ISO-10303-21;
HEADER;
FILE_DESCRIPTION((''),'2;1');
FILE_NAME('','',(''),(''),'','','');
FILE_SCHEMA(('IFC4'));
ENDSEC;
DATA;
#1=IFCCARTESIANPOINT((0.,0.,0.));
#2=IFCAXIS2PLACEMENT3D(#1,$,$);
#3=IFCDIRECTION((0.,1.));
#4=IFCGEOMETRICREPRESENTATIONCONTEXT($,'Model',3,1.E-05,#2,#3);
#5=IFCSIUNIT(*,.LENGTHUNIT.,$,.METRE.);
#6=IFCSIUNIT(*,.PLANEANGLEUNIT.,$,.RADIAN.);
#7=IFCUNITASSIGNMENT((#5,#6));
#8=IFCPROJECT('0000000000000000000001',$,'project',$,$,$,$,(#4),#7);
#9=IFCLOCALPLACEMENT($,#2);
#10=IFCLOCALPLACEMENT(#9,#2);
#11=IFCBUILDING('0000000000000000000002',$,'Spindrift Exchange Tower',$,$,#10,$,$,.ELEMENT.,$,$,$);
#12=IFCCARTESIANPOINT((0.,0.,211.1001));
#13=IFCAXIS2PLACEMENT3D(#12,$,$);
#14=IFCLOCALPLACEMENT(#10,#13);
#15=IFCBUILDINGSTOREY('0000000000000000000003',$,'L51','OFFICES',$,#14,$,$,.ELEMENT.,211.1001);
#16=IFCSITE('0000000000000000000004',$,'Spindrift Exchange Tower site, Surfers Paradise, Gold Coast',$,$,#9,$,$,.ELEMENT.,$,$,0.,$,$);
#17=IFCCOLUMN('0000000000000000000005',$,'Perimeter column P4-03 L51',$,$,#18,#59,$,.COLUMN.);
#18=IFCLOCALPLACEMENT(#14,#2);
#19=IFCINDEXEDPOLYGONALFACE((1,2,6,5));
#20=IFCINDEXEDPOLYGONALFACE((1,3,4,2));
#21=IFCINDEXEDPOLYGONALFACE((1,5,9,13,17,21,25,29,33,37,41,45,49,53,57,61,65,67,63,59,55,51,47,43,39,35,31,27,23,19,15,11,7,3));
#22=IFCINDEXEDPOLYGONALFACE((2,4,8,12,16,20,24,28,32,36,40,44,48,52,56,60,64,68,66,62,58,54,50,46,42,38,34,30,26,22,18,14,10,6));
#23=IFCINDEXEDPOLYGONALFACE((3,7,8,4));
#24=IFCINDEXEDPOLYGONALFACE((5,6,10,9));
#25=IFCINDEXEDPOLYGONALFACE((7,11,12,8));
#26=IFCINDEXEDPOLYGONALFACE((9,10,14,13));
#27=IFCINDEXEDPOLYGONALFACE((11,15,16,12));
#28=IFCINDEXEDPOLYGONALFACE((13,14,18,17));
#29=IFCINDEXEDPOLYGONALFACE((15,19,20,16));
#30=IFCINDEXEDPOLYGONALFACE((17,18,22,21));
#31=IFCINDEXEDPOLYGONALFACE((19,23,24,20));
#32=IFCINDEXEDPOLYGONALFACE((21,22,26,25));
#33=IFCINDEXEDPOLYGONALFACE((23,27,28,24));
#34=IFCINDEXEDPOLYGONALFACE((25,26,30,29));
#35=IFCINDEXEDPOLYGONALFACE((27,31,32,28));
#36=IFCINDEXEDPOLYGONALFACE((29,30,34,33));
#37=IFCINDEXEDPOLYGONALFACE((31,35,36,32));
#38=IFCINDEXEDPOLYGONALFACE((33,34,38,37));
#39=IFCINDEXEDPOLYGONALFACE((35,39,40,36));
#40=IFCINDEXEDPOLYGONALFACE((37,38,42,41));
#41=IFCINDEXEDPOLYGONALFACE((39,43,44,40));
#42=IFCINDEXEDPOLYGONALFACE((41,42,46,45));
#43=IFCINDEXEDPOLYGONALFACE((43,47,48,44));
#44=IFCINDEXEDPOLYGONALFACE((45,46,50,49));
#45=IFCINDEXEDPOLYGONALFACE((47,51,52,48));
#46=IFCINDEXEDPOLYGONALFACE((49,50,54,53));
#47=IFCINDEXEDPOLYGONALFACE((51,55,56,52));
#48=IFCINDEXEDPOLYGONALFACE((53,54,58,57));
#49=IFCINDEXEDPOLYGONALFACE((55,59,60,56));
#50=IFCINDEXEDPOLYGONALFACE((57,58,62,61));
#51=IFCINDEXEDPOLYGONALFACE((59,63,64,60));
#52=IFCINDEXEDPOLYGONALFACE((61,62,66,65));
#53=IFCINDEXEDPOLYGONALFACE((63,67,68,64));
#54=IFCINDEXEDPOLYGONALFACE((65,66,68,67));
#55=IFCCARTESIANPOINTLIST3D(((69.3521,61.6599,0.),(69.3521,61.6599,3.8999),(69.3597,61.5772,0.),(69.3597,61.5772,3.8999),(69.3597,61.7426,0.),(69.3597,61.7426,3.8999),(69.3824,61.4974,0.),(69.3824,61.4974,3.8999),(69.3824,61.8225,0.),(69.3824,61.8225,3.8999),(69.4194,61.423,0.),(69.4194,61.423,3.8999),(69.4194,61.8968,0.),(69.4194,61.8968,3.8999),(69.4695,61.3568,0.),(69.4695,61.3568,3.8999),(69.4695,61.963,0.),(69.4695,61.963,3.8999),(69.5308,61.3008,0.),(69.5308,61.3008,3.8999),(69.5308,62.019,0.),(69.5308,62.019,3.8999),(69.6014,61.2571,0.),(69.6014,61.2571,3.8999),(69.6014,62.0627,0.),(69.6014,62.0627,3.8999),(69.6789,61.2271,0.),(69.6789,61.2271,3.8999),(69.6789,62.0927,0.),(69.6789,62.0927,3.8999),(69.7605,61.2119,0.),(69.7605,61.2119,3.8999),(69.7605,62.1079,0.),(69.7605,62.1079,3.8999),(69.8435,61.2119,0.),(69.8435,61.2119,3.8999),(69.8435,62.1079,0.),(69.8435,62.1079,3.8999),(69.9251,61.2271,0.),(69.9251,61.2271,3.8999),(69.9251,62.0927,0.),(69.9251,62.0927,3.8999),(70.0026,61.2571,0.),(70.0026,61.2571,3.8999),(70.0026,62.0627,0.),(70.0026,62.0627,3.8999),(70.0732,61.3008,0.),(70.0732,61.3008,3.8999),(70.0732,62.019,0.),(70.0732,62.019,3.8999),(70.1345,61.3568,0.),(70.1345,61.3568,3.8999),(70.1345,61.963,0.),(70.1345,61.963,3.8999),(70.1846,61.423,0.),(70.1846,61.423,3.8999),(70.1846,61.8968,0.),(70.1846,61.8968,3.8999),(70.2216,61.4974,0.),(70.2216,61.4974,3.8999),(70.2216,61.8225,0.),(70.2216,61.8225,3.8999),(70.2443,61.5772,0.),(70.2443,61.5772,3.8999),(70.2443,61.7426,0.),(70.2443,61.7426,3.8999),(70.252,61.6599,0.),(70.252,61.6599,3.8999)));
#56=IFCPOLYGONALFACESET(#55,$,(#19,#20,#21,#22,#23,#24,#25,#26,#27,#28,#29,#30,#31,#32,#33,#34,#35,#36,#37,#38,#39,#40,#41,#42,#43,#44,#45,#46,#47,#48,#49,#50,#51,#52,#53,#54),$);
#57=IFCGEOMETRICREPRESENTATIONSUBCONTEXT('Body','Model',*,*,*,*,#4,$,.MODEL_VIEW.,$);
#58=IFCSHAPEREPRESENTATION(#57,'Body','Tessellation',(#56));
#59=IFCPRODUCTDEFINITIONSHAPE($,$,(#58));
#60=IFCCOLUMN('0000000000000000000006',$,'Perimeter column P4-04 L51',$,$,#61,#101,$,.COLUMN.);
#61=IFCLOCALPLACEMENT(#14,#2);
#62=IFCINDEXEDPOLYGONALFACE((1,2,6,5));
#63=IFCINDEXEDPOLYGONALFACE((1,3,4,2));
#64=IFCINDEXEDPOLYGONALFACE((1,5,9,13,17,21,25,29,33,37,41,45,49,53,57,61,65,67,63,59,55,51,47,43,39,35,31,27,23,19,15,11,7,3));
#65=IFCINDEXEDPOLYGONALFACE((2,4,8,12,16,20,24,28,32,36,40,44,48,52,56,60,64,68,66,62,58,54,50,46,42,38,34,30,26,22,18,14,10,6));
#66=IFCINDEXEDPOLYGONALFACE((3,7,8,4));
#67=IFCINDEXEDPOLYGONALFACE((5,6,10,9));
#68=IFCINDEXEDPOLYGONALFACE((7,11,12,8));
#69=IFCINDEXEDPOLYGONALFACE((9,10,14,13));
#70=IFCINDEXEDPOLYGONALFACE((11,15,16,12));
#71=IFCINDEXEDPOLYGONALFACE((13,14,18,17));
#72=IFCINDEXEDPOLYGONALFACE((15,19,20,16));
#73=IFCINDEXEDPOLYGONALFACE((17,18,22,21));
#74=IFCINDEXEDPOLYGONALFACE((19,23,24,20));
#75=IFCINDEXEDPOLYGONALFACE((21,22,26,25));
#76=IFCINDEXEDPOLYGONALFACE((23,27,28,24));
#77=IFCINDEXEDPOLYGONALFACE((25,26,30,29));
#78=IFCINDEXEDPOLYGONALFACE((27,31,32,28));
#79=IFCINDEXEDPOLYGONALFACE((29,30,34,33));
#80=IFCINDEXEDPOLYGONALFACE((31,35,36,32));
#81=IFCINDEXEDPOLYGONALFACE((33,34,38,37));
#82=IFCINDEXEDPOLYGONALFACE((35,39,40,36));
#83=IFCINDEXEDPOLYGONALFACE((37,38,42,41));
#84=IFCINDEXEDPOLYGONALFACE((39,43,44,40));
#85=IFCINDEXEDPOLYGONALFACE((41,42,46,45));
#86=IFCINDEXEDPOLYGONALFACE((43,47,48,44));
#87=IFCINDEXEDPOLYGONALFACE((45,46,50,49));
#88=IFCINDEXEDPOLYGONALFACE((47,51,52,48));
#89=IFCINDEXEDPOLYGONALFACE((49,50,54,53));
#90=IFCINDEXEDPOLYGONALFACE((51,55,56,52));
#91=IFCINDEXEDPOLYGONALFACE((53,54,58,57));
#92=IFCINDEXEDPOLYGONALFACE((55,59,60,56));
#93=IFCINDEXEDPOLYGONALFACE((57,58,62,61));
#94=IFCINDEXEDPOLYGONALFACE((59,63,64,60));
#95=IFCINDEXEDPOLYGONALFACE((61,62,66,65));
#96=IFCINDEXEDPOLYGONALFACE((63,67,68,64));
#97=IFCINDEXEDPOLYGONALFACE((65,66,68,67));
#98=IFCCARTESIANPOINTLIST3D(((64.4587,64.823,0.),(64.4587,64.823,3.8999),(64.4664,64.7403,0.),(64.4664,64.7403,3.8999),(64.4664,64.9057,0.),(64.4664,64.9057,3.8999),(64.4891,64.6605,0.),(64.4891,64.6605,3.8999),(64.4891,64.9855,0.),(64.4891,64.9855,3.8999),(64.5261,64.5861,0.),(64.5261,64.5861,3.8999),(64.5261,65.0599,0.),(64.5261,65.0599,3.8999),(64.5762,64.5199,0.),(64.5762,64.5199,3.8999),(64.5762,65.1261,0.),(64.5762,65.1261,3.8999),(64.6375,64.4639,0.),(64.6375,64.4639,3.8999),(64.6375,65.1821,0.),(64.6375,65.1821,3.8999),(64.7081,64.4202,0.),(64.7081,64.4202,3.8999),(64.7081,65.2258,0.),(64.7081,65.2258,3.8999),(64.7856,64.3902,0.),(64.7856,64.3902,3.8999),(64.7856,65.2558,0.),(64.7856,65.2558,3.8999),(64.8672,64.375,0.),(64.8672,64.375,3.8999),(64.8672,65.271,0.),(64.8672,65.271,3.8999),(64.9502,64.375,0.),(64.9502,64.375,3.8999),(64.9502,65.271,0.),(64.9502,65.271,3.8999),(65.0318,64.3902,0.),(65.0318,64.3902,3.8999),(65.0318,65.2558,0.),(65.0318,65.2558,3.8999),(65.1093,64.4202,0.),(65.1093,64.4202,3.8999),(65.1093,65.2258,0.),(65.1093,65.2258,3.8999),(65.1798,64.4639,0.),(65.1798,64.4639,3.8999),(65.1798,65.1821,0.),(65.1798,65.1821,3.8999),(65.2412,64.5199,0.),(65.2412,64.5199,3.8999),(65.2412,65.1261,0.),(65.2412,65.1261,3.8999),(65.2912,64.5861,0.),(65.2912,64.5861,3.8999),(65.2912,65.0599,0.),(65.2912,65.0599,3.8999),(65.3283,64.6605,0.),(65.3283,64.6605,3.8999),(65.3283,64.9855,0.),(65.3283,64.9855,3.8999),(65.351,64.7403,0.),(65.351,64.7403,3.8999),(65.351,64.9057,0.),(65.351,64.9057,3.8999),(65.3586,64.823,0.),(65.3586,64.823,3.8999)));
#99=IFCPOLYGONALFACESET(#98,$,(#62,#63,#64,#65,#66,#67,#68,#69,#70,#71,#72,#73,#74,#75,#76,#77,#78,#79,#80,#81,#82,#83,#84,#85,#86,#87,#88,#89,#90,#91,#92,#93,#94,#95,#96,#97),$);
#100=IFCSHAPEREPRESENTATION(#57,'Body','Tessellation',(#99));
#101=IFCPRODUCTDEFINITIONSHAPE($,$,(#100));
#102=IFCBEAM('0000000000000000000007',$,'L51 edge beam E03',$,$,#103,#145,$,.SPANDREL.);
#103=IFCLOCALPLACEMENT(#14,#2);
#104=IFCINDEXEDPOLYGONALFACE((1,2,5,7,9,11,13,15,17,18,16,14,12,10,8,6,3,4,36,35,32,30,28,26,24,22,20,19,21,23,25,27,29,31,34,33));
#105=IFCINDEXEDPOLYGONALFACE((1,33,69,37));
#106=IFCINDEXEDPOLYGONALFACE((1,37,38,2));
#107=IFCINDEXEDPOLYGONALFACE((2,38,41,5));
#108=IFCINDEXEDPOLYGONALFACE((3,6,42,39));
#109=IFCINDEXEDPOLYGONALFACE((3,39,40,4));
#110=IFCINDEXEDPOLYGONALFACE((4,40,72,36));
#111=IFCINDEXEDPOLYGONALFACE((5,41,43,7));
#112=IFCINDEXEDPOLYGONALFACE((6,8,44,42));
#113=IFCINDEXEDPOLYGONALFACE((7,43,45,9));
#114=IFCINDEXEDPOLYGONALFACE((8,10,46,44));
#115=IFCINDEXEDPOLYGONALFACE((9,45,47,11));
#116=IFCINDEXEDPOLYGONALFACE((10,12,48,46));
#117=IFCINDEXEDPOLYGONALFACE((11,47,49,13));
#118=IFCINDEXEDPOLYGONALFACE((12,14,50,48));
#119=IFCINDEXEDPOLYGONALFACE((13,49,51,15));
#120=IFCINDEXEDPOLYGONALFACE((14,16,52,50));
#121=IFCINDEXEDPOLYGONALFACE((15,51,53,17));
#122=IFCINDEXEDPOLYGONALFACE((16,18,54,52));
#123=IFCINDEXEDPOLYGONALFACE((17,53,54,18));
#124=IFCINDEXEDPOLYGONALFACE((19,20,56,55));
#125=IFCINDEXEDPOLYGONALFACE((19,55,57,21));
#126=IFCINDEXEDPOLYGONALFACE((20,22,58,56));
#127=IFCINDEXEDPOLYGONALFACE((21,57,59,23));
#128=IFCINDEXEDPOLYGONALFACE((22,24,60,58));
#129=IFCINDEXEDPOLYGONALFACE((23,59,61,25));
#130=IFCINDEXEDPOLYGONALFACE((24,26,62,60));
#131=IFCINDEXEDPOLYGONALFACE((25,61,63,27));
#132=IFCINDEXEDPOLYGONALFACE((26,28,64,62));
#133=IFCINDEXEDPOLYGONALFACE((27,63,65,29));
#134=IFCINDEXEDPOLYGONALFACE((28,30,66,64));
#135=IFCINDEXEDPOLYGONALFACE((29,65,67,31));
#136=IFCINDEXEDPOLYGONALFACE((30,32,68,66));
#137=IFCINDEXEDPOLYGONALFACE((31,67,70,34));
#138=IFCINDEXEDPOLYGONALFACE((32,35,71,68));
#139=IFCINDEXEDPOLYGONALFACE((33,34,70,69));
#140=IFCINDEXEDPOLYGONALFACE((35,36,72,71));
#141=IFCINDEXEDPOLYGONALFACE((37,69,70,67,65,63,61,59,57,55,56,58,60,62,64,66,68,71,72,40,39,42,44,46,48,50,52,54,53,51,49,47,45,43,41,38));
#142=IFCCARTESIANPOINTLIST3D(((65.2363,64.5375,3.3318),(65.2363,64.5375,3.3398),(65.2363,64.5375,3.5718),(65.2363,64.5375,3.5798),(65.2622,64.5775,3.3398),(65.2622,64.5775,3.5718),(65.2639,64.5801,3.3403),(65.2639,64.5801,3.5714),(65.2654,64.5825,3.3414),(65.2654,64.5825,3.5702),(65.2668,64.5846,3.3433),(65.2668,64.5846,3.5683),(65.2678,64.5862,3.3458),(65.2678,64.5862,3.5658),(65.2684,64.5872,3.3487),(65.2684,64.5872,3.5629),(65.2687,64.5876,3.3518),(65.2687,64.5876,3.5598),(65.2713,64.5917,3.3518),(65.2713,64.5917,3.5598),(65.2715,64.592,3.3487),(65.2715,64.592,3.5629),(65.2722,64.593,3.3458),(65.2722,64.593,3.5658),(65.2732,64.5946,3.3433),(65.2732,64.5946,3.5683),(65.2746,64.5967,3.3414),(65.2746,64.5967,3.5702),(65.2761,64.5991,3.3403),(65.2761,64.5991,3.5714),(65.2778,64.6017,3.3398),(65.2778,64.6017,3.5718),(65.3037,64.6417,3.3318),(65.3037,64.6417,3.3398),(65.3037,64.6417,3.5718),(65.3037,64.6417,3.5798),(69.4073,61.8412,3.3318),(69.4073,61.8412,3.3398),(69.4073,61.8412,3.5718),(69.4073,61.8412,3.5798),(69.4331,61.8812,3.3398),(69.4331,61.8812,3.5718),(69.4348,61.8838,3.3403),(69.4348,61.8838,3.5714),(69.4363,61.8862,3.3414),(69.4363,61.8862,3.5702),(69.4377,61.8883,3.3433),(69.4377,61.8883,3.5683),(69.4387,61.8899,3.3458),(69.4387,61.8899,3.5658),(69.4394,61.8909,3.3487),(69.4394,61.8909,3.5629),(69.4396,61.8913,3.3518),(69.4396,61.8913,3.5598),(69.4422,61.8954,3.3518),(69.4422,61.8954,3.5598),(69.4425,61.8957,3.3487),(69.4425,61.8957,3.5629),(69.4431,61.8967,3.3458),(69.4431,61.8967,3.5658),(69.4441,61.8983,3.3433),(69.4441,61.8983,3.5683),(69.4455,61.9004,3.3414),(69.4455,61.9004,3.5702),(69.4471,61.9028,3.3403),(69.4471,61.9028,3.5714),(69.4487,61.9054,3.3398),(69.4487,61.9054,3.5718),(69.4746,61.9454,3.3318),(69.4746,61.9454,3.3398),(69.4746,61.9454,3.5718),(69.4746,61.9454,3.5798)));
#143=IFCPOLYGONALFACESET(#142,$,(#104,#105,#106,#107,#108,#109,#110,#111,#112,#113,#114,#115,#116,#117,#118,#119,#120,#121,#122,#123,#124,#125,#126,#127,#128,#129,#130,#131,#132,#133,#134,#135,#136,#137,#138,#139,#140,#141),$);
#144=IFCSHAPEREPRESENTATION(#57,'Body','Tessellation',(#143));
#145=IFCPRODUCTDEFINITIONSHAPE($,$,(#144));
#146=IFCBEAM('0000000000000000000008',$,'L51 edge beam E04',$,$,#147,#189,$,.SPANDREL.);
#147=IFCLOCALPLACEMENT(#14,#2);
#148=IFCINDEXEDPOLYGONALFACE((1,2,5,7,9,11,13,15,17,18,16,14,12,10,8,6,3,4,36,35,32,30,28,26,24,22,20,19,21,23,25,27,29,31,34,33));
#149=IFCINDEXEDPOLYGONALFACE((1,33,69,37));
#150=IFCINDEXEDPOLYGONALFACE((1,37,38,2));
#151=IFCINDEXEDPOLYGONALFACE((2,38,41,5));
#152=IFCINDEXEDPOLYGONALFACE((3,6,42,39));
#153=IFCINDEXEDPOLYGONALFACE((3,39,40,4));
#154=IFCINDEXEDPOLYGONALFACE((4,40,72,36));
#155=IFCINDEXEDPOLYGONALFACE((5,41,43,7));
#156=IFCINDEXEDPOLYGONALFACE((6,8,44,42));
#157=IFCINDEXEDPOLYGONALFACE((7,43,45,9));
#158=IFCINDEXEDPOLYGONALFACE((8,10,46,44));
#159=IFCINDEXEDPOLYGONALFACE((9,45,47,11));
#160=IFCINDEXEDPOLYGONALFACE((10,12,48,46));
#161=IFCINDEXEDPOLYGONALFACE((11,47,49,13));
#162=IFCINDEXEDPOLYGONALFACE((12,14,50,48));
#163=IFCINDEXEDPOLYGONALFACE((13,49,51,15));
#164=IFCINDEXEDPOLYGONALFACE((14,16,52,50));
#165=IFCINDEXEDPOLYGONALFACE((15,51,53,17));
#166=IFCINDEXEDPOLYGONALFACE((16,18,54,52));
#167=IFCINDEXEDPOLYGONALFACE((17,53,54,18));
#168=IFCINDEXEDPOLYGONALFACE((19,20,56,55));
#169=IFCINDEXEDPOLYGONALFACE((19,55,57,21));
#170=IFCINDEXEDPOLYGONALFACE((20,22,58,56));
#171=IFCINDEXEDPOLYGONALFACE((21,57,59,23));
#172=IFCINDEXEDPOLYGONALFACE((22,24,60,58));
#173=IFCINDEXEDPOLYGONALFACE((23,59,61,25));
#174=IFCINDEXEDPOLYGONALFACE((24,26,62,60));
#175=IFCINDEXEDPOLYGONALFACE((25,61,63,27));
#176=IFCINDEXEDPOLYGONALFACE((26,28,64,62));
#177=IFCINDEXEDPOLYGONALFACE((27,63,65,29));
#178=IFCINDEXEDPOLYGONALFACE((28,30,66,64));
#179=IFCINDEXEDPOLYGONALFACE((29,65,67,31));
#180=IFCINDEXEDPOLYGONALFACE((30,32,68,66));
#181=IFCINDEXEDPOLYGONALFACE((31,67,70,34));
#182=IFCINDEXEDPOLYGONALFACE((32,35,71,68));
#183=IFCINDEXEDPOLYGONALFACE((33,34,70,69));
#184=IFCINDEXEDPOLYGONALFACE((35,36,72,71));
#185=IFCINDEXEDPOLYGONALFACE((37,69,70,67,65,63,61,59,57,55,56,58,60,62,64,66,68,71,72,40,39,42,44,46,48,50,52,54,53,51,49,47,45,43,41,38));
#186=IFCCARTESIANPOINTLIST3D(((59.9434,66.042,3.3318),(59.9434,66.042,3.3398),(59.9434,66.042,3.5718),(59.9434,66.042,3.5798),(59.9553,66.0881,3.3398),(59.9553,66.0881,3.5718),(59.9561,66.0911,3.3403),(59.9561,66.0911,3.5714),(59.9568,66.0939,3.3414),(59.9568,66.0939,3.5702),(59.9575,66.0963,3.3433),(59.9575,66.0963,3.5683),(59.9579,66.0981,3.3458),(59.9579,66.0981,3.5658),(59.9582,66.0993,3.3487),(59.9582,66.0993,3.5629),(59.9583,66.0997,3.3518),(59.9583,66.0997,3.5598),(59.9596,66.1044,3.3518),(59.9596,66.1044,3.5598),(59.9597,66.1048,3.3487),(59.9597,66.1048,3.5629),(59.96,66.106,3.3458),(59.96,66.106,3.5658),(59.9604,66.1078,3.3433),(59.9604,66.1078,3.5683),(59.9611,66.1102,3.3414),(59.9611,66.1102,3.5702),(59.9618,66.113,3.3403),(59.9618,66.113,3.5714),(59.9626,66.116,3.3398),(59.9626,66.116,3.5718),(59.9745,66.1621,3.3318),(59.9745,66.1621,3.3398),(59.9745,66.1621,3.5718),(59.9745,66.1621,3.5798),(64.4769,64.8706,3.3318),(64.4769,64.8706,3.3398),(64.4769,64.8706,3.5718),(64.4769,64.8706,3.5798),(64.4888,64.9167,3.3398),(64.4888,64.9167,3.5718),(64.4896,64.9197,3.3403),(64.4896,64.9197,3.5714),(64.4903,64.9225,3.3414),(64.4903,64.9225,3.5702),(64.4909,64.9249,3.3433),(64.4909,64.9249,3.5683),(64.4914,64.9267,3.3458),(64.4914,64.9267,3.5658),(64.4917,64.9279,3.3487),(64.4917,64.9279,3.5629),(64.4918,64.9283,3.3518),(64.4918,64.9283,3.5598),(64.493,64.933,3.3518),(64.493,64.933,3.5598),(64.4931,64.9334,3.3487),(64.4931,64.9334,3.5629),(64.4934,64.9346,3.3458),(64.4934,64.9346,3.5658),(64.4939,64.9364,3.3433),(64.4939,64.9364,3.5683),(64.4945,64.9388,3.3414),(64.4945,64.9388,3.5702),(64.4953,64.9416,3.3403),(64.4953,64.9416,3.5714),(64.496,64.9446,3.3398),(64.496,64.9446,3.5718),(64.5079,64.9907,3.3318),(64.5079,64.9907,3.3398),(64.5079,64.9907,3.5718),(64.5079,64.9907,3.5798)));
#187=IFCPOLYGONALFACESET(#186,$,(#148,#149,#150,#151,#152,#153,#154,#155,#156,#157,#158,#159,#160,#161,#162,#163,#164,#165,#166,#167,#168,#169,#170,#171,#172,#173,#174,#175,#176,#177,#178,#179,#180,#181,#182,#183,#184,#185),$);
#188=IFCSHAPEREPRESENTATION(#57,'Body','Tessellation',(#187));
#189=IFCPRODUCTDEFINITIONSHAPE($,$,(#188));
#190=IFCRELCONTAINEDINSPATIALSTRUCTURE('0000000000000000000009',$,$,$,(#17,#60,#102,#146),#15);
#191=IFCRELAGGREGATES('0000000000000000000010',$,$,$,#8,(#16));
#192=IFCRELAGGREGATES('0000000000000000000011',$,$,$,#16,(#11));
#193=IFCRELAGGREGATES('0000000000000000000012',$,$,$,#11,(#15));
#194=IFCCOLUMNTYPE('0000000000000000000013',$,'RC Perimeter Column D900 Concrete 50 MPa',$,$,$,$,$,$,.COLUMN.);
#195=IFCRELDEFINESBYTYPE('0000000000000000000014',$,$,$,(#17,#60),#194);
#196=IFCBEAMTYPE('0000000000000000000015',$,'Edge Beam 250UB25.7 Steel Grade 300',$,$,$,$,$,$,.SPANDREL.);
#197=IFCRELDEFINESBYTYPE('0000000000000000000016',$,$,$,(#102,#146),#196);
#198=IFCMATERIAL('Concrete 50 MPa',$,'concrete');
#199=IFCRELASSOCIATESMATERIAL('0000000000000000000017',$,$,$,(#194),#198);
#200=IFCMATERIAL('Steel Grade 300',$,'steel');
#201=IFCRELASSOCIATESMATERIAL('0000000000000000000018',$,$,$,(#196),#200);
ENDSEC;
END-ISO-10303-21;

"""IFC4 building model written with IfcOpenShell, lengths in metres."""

from ifc_helpers import new_model, si_unit, direction, frame, origin, origin_2d, place, context, subcontext, project, spatial, circle, i_section, extrude, source, transform, mapped, material, material_profile, profile_set, type_object, element, save


model = new_model("IFC4")

# Units and contexts
model_context = context("Model", 3, precision=1e-05, world=origin(), true_north=direction((0.0, 1.0)))
body_context = subcontext(model_context, "Body", "Model", "MODEL_VIEW")
ifc_project = project(units=[si_unit("LENGTHUNIT", "METRE"), si_unit("PLANEANGLEUNIT", "RADIAN")], contexts=[model_context])

# Site, building, storey
site_placement = place(None, origin())
site = spatial("IfcSite", under=ifc_project, at=site_placement, Name="Spindrift Exchange Tower site, Surfers Paradise, Gold Coast", CompositionType="ELEMENT", RefElevation=0.0)
building_placement = place(site_placement, origin())
building = spatial("IfcBuilding", under=site, at=building_placement, Name="Spindrift Exchange Tower", CompositionType="ELEMENT")
storey_placement = place(building_placement, frame((0.0, 0.0, 211.1001)))
storey = spatial("IfcBuildingStorey", under=building, at=storey_placement, Name="L51", Description="OFFICES", CompositionType="ELEMENT", Elevation=211.1001)

# Columns
ifc_material_1 = material(Name="Concrete 50 MPa", Category="concrete")
ifc_material_profile_1 = material_profile(ifc_material_1, circle(Radius=0.45, at=origin_2d()), Name="RC D900")
ifc_profile_set_1 = profile_set([ifc_material_profile_1], Name="Concrete 50 MPa")
column_type = type_object("IfcColumnType", Name="RC Perimeter Column D900 Concrete 50 MPa", PredefinedType="COLUMN", material=ifc_profile_set_1)
shared_shape_1 = source(origin(), body_context, "Body", "SweptSolid", [
    extrude(circle(Radius=0.45, at=origin_2d()), origin(), (0.0, 0.0, 1.0), 3.8999),
])
for number, where, z_axis, x_axis, name in (
    (1, (69.802, 61.6599, 0.0), (0.0, 0.0, 1.0), (1.0, 0.0, 0.0), "Perimeter column P4-03 L51"),
    (2, (64.9087, 64.823, 0.0), (0.0, 0.0, 1.0), (1.0, 0.0, 0.0), "Perimeter column P4-04 L51"),
):
    element("IfcColumn", number, at=place(storey_placement, frame(where, z_axis=z_axis, x_axis=x_axis)), inside=storey, type_object=column_type, Name=name, PredefinedType="COLUMN", context=body_context, shape_type="MappedRepresentation", body=[
        mapped(shared_shape_1, transform((0.0, 0.0, 0.0), scale=1.0)),
    ])

# Beams
ifc_material_2 = material(Name="Steel Grade 300", Category="steel")
ifc_material_profile_2 = material_profile(ifc_material_2, i_section(OverallWidth=0.124, OverallDepth=0.248, WebThickness=0.0049, FlangeThickness=0.0081, FilletRadius=0.012, at=origin_2d()), Name="250UB25.7")
ifc_profile_set_2 = profile_set([ifc_material_profile_2], Name="Steel Grade 300")
beam_type_1 = type_object("IfcBeamType", Name="Edge Beam 250UB25.7 Steel Grade 300", PredefinedType="SPANDREL", material=ifc_profile_set_2)
shared_shape_2 = source(origin(), body_context, "Body", "SweptSolid", [
    extrude(i_section(OverallWidth=0.124, OverallDepth=0.248, WebThickness=0.0049, FlangeThickness=0.0081, FilletRadius=0.012, at=origin_2d()), origin(), (0.0, 0.0, 1.0), 4.9666),
])
beam_1_placement = place(storey_placement, frame((69.4409, 61.8933, 3.4558), z_axis=(-0.839802, 0.542893, 0.0), x_axis=(-0.542893, -0.839802, 0.0)))
element("IfcBeam", 3, at=beam_1_placement, inside=storey, type_object=beam_type_1, Name="L51 edge beam E03", PredefinedType="SPANDREL", context=body_context, shape_type="MappedRepresentation", body=[
    mapped(shared_shape_2, transform((0.0, 0.0, 0.0), scale=1.0)),
])
shared_shape_3 = source(origin(), body_context, "Body", "SweptSolid", [
    extrude(i_section(OverallWidth=0.124, OverallDepth=0.248, WebThickness=0.0049, FlangeThickness=0.0081, FilletRadius=0.012, at=origin_2d()), origin(), (0.0, 0.0, 1.0), 4.6824),
])
beam_2_placement = place(storey_placement, frame((64.4924, 64.9307, 3.4558), z_axis=(-0.968202, 0.250171, 0.0), x_axis=(-0.250171, -0.968202, 0.0)))
element("IfcBeam", 4, at=beam_2_placement, inside=storey, type_object=beam_type_1, Name="L51 edge beam E04", PredefinedType="SPANDREL", context=body_context, shape_type="MappedRepresentation", body=[
    mapped(shared_shape_3, transform((0.0, 0.0, 0.0), scale=1.0)),
])

save(model, "model.ifc")
